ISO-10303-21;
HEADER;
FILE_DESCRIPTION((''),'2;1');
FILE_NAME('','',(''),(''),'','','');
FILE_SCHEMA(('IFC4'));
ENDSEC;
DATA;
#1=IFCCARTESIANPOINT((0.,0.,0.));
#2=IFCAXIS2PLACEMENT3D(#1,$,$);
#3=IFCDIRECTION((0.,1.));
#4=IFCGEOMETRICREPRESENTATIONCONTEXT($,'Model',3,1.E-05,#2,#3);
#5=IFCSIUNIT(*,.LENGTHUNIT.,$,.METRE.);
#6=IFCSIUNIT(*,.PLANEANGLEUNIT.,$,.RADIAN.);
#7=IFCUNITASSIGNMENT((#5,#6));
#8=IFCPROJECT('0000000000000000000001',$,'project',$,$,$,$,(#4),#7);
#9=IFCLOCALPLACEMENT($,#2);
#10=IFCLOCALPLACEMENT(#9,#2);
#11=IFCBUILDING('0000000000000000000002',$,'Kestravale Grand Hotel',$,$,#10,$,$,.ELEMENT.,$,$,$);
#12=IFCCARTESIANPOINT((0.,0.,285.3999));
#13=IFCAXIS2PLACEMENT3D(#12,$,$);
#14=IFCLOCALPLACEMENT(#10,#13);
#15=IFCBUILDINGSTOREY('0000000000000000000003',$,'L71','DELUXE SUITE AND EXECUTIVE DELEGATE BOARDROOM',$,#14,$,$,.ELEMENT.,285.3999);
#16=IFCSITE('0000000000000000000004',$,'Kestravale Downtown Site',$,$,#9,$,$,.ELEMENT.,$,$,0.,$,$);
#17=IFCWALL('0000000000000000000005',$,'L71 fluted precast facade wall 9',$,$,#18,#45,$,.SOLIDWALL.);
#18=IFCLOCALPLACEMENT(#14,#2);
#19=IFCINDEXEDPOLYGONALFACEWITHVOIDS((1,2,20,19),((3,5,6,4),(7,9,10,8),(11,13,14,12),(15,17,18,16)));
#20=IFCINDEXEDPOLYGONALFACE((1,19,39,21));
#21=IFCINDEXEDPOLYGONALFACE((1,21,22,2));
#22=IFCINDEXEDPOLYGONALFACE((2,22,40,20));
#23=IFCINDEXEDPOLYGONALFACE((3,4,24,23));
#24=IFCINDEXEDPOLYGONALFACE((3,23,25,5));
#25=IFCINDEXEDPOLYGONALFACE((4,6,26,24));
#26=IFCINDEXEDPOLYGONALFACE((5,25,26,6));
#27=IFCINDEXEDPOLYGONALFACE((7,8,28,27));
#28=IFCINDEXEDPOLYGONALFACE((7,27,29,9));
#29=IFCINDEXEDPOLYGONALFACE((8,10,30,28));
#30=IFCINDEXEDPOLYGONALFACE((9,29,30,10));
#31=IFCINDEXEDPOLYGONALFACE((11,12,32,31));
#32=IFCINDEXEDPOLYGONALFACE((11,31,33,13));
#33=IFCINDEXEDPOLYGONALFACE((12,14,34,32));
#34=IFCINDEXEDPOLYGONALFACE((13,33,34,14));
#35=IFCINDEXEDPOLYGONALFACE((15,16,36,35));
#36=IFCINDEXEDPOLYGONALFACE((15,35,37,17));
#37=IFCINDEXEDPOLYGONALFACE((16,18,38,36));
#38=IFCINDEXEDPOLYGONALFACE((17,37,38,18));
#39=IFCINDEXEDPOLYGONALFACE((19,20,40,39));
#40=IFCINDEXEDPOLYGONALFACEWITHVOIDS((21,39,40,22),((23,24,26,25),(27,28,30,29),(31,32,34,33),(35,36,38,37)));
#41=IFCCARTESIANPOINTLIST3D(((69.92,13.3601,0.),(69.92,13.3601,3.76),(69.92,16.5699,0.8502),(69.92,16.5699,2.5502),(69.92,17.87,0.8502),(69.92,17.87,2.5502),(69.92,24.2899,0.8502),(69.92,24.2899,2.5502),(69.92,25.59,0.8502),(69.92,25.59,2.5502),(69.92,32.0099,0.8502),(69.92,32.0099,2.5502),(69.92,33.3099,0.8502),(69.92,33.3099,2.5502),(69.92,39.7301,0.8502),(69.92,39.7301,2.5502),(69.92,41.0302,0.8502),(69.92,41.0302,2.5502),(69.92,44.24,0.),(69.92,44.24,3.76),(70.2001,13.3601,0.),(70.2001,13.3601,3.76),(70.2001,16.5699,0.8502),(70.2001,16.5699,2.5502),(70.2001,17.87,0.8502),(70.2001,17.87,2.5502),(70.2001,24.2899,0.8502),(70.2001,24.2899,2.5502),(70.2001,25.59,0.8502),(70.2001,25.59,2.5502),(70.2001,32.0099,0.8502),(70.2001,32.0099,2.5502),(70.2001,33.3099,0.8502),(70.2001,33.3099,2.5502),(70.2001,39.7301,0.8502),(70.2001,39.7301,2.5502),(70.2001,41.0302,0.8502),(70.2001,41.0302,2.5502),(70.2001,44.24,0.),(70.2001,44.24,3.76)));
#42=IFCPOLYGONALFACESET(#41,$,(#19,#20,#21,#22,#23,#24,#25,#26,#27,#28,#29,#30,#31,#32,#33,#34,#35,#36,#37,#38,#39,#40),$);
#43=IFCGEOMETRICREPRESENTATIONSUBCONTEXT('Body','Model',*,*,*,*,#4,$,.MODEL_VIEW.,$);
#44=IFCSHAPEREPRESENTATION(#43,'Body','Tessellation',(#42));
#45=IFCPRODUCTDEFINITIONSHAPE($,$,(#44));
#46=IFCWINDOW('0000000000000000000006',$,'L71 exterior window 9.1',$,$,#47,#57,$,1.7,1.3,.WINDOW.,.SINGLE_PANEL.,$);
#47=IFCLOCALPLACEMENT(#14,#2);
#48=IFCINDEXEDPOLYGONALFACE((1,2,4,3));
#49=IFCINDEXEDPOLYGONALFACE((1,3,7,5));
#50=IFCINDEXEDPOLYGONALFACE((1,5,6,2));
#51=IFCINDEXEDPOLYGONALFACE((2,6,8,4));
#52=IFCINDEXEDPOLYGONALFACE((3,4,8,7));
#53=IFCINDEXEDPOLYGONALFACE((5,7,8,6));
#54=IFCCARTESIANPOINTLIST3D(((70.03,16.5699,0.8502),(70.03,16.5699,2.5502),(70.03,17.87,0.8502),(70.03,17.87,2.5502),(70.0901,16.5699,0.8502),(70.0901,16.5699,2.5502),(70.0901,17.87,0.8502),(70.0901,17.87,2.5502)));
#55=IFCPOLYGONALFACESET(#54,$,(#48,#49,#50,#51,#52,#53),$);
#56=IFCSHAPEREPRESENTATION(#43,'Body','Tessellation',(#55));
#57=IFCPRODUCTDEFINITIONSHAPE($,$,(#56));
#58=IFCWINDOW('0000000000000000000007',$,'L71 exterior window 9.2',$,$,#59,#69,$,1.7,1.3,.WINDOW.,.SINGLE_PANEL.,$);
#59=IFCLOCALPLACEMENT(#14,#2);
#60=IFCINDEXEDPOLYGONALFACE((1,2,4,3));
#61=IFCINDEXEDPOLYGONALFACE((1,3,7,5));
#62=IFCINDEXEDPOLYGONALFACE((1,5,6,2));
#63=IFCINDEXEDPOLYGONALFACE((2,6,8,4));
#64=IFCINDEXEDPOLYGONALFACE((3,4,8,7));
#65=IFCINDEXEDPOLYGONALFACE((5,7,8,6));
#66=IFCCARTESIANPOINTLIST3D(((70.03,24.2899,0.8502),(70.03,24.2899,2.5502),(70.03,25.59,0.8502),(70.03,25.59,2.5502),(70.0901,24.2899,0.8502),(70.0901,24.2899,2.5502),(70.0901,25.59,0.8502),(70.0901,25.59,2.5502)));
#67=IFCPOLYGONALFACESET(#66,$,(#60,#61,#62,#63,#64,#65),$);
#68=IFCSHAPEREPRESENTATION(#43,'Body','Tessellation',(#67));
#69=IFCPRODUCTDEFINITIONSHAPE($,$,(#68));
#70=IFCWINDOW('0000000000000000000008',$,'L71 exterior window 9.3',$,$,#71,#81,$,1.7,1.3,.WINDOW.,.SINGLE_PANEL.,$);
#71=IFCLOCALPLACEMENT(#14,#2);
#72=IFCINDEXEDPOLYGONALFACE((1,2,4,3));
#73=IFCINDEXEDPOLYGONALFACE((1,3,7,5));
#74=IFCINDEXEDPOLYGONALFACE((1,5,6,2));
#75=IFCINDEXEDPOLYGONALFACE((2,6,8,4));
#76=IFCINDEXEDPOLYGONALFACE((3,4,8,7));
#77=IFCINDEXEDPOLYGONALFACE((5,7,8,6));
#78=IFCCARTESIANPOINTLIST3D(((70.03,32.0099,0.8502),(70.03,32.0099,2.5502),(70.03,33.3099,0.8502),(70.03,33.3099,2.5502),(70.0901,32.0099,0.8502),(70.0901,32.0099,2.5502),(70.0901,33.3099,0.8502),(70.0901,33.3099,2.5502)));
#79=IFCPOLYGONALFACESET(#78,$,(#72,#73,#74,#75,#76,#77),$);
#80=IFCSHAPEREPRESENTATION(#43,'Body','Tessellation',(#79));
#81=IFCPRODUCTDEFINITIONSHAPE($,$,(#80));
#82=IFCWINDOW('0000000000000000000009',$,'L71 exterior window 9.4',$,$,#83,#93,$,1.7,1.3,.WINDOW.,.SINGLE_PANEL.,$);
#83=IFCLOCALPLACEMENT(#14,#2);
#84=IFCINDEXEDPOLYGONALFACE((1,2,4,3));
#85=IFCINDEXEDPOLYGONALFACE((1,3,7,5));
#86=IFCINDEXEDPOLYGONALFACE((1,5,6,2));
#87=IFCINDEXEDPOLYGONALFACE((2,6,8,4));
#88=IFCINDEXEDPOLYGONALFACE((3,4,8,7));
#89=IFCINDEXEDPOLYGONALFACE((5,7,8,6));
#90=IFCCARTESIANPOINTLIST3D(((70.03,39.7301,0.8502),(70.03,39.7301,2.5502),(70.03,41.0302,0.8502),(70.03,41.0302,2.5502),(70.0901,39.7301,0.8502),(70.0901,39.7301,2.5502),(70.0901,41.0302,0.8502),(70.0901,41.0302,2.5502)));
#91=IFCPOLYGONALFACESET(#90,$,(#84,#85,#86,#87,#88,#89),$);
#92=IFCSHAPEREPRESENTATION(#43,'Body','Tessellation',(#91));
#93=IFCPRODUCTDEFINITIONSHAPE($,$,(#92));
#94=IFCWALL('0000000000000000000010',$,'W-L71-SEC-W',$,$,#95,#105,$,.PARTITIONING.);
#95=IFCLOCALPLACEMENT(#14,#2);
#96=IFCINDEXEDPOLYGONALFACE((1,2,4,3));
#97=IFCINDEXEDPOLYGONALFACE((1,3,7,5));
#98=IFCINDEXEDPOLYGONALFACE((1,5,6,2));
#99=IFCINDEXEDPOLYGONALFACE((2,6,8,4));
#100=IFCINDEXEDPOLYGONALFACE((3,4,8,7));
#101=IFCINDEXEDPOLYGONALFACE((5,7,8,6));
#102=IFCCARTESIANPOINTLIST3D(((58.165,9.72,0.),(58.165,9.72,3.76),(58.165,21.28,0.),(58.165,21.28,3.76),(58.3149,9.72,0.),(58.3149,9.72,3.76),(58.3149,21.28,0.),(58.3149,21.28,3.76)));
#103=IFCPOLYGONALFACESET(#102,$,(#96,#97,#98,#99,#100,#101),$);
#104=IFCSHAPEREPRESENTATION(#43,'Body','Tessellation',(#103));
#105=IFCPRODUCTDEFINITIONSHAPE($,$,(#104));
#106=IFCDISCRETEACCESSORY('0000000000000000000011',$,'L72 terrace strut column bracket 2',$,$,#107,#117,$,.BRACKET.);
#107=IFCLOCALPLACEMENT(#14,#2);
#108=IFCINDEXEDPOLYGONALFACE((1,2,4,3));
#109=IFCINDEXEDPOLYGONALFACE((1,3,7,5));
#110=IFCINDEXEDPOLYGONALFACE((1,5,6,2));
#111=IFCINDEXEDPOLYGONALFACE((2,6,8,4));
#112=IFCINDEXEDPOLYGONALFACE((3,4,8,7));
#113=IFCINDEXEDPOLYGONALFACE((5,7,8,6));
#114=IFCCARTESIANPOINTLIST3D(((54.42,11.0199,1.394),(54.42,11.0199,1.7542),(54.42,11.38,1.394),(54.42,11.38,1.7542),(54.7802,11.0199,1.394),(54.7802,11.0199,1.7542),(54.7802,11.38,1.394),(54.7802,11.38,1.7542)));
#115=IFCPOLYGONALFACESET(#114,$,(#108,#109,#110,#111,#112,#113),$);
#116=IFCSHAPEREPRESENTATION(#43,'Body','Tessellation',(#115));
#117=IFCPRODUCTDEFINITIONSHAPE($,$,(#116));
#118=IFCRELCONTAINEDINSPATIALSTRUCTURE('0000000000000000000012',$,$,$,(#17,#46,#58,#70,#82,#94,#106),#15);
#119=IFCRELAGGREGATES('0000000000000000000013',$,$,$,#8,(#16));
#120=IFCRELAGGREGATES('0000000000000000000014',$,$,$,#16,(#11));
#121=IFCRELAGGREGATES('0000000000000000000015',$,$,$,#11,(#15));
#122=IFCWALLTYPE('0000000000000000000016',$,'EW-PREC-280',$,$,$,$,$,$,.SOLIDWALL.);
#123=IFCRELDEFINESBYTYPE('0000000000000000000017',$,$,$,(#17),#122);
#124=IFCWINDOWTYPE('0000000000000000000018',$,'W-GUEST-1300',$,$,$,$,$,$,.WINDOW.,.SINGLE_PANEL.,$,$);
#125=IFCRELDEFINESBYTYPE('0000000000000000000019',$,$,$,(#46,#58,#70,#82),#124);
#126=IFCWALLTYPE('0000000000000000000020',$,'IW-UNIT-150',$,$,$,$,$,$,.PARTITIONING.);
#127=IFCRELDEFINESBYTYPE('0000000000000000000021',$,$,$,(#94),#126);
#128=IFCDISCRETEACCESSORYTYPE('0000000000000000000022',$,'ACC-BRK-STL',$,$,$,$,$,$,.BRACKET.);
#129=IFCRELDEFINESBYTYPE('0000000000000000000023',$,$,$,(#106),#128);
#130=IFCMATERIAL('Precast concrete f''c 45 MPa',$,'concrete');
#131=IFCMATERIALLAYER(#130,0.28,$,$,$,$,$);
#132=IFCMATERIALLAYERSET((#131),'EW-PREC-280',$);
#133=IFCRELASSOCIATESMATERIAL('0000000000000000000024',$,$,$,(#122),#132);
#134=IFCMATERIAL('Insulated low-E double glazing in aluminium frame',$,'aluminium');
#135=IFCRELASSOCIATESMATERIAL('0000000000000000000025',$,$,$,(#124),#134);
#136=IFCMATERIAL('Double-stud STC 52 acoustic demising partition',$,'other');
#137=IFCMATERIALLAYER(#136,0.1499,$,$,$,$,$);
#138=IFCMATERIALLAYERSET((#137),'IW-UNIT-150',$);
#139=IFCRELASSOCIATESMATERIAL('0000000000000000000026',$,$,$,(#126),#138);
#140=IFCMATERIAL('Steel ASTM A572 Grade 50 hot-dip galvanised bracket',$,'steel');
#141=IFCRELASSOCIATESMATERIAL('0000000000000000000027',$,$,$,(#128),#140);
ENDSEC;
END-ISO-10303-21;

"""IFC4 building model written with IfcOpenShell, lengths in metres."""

from ifc_helpers import new_model, si_unit, direction, frame, frame_2d, origin, origin_2d, place, context, subcontext, project, spatial, rectangle, extrude, material, layer, layer_set, type_object, element, fill, save


model = new_model("IFC4")

# Units and contexts
model_context = context("Model", 3, precision=1e-05, world=origin(), true_north=direction((0.0, 1.0)))
body_context = subcontext(model_context, "Body", "Model", "MODEL_VIEW")
ifc_project = project(units=[si_unit("LENGTHUNIT", "METRE"), si_unit("PLANEANGLEUNIT", "RADIAN")], contexts=[model_context])

# Site, building, storey
site_placement = place(None, origin())
site = spatial("IfcSite", under=ifc_project, at=site_placement, Name="Kestravale Downtown Site", CompositionType="ELEMENT", RefElevation=0.0)
building_placement = place(site_placement, origin())
building = spatial("IfcBuilding", under=site, at=building_placement, Name="Kestravale Grand Hotel", CompositionType="ELEMENT")
storey_placement = place(building_placement, frame((0.0, 0.0, 285.3999)))
storey = spatial("IfcBuildingStorey", under=building, at=storey_placement, Name="L71", Description="DELUXE SUITE AND EXECUTIVE DELEGATE BOARDROOM", CompositionType="ELEMENT", Elevation=285.3999)

# Shared definitions
ifc_material_1 = material(Name="Precast concrete f'c 45 MPa", Category="concrete")
ifc_layer_1 = layer(ifc_material_1, 0.28)
ifc_layer_set_1 = layer_set([ifc_layer_1], Name="EW-PREC-280")
wall_type_1 = type_object("IfcWallType", Name="EW-PREC-280", PredefinedType="SOLIDWALL", material=ifc_layer_set_1)
ifc_material_2 = material(Name="Insulated low-E double glazing in aluminium frame", Category="aluminium")
window_type = type_object("IfcWindowType", Name="W-GUEST-1300", PartitioningType="SINGLE_PANEL", PredefinedType="WINDOW", material=ifc_material_2)

# Wall, openings, windows
wall_1_placement = place(storey_placement, frame((70.0601, 13.3601, 0.0), z_axis=(0.0, 0.0, 1.0), x_axis=(0.0, 1.0, 0.0)))
wall_1 = element("IfcWall", 1, at=wall_1_placement, inside=storey, type_object=wall_type_1, Name="L71 fluted precast facade wall 9", PredefinedType="SOLIDWALL", context=body_context, shape_type="SweptSolid", body=[
    extrude(rectangle(XDim=30.8799, YDim=0.28, at=frame_2d((15.4399, 0.0))), origin(), (0.0, 0.0, 1.0), 3.76),
])
opening_1_placement = place(wall_1_placement, frame((3.21, 0.0, 0.8501)))
opening_1 = element("IfcOpeningElement", 2, at=opening_1_placement, cuts=wall_1, PredefinedType="OPENING", context=body_context, shape_type="SweptSolid", body=[
    extrude(rectangle(XDim=1.3, YDim=1.7, at=frame_2d((0.6499, 0.8501))), frame((0.0, 0.1499, 0.0), z_axis=(0.0, -1.0, 0.0), x_axis=(1.0, 0.0, 0.0)), (0.0, 0.0, 1.0), 0.3),
])
opening_2_placement = place(wall_1_placement, frame((10.9299, 0.0, 0.8501)))
opening_2 = element("IfcOpeningElement", 3, at=opening_2_placement, cuts=wall_1, PredefinedType="OPENING", context=body_context, shape_type="SweptSolid", body=[
    extrude(rectangle(XDim=1.3, YDim=1.7, at=frame_2d((0.6499, 0.8501))), frame((0.0, 0.1499, 0.0), z_axis=(0.0, -1.0, 0.0), x_axis=(1.0, 0.0, 0.0)), (0.0, 0.0, 1.0), 0.3),
])
opening_3_placement = place(wall_1_placement, frame((18.6499, 0.0, 0.8501)))
opening_3 = element("IfcOpeningElement", 4, at=opening_3_placement, cuts=wall_1, PredefinedType="OPENING", context=body_context, shape_type="SweptSolid", body=[
    extrude(rectangle(XDim=1.3, YDim=1.7, at=frame_2d((0.6499, 0.8501))), frame((0.0, 0.1499, 0.0), z_axis=(0.0, -1.0, 0.0), x_axis=(1.0, 0.0, 0.0)), (0.0, 0.0, 1.0), 0.3),
])
opening_4_placement = place(wall_1_placement, frame((26.3701, 0.0, 0.8501)))
opening_4 = element("IfcOpeningElement", 5, at=opening_4_placement, cuts=wall_1, PredefinedType="OPENING", context=body_context, shape_type="SweptSolid", body=[
    extrude(rectangle(XDim=1.3, YDim=1.7, at=frame_2d((0.6499, 0.8501))), frame((0.0, 0.1499, 0.0), z_axis=(0.0, -1.0, 0.0), x_axis=(1.0, 0.0, 0.0)), (0.0, 0.0, 1.0), 0.3),
])
window_1_placement = place(opening_1_placement, origin())
window_1 = element("IfcWindow", 6, at=window_1_placement, inside=storey, type_object=window_type, Name="L71 exterior window 9.1", OverallHeight=1.7, OverallWidth=1.3, PartitioningType="SINGLE_PANEL", PredefinedType="WINDOW", context=body_context, shape_type="SweptSolid", body=[
    extrude(rectangle(XDim=1.3, YDim=1.7, at=frame_2d((0.6499, 0.8501))), frame((0.0, 0.03, 0.0), z_axis=(0.0, -1.0, 0.0), x_axis=(1.0, 0.0, 0.0)), (0.0, 0.0, 1.0), 0.0601),
])
fill(opening_1, window_1)
window_2_placement = place(opening_2_placement, origin())
window_2 = element("IfcWindow", 7, at=window_2_placement, inside=storey, type_object=window_type, Name="L71 exterior window 9.2", OverallHeight=1.7, OverallWidth=1.3, PartitioningType="SINGLE_PANEL", PredefinedType="WINDOW", context=body_context, shape_type="SweptSolid", body=[
    extrude(rectangle(XDim=1.3, YDim=1.7, at=frame_2d((0.6499, 0.8501))), frame((0.0, 0.03, 0.0), z_axis=(0.0, -1.0, 0.0), x_axis=(1.0, 0.0, 0.0)), (0.0, 0.0, 1.0), 0.0601),
])
fill(opening_2, window_2)
window_3_placement = place(opening_3_placement, origin())
window_3 = element("IfcWindow", 8, at=window_3_placement, inside=storey, type_object=window_type, Name="L71 exterior window 9.3", OverallHeight=1.7, OverallWidth=1.3, PartitioningType="SINGLE_PANEL", PredefinedType="WINDOW", context=body_context, shape_type="SweptSolid", body=[
    extrude(rectangle(XDim=1.3, YDim=1.7, at=frame_2d((0.6499, 0.8501))), frame((0.0, 0.03, 0.0), z_axis=(0.0, -1.0, 0.0), x_axis=(1.0, 0.0, 0.0)), (0.0, 0.0, 1.0), 0.0601),
])
fill(opening_3, window_3)
window_4_placement = place(opening_4_placement, origin())
window_4 = element("IfcWindow", 9, at=window_4_placement, inside=storey, type_object=window_type, Name="L71 exterior window 9.4", OverallHeight=1.7, OverallWidth=1.3, PartitioningType="SINGLE_PANEL", PredefinedType="WINDOW", context=body_context, shape_type="SweptSolid", body=[
    extrude(rectangle(XDim=1.3, YDim=1.7, at=frame_2d((0.6499, 0.8501))), frame((0.0, 0.03, 0.0), z_axis=(0.0, -1.0, 0.0), x_axis=(1.0, 0.0, 0.0)), (0.0, 0.0, 1.0), 0.0601),
])
fill(opening_4, window_4)

# Wall
ifc_material_3 = material(Name="Double-stud STC 52 acoustic demising partition", Category="other")
ifc_layer_2 = layer(ifc_material_3, 0.1499)
ifc_layer_set_2 = layer_set([ifc_layer_2], Name="IW-UNIT-150")
wall_type_2 = type_object("IfcWallType", Name="IW-UNIT-150", PredefinedType="PARTITIONING", material=ifc_layer_set_2)
wall_2_placement = place(storey_placement, frame((58.24, 9.72, 0.0), z_axis=(0.0, 0.0, 1.0), x_axis=(0.0, 1.0, 0.0)))
element("IfcWall", 10, at=wall_2_placement, inside=storey, type_object=wall_type_2, Name="W-L71-SEC-W", PredefinedType="PARTITIONING", context=body_context, shape_type="SweptSolid", body=[
    extrude(rectangle(XDim=11.5601, YDim=0.1499, at=frame_2d((5.78, 0.0))), origin(), (0.0, 0.0, 1.0), 3.76),
])

# Discrete accessory
ifc_material_4 = material(Name="Steel ASTM A572 Grade 50 hot-dip galvanised bracket", Category="steel")
discrete_accessory_type = type_object("IfcDiscreteAccessoryType", Name="ACC-BRK-STL", PredefinedType="BRACKET", material=ifc_material_4)
discrete_accessory_placement = place(storey_placement, frame((54.6001, 11.2, 1.394), z_axis=(0.0, 0.0, 1.0), x_axis=(1.0, 0.0, 0.0)))
element("IfcDiscreteAccessory", 11, at=discrete_accessory_placement, inside=storey, type_object=discrete_accessory_type, Name="L72 terrace strut column bracket 2", PredefinedType="BRACKET", context=body_context, shape_type="SweptSolid", body=[
    extrude(rectangle(XDim=0.3601, YDim=0.3601, at=origin_2d()), origin(), (0.0, 0.0, 1.0), 0.3601),
])

save(model, "model.ifc")
